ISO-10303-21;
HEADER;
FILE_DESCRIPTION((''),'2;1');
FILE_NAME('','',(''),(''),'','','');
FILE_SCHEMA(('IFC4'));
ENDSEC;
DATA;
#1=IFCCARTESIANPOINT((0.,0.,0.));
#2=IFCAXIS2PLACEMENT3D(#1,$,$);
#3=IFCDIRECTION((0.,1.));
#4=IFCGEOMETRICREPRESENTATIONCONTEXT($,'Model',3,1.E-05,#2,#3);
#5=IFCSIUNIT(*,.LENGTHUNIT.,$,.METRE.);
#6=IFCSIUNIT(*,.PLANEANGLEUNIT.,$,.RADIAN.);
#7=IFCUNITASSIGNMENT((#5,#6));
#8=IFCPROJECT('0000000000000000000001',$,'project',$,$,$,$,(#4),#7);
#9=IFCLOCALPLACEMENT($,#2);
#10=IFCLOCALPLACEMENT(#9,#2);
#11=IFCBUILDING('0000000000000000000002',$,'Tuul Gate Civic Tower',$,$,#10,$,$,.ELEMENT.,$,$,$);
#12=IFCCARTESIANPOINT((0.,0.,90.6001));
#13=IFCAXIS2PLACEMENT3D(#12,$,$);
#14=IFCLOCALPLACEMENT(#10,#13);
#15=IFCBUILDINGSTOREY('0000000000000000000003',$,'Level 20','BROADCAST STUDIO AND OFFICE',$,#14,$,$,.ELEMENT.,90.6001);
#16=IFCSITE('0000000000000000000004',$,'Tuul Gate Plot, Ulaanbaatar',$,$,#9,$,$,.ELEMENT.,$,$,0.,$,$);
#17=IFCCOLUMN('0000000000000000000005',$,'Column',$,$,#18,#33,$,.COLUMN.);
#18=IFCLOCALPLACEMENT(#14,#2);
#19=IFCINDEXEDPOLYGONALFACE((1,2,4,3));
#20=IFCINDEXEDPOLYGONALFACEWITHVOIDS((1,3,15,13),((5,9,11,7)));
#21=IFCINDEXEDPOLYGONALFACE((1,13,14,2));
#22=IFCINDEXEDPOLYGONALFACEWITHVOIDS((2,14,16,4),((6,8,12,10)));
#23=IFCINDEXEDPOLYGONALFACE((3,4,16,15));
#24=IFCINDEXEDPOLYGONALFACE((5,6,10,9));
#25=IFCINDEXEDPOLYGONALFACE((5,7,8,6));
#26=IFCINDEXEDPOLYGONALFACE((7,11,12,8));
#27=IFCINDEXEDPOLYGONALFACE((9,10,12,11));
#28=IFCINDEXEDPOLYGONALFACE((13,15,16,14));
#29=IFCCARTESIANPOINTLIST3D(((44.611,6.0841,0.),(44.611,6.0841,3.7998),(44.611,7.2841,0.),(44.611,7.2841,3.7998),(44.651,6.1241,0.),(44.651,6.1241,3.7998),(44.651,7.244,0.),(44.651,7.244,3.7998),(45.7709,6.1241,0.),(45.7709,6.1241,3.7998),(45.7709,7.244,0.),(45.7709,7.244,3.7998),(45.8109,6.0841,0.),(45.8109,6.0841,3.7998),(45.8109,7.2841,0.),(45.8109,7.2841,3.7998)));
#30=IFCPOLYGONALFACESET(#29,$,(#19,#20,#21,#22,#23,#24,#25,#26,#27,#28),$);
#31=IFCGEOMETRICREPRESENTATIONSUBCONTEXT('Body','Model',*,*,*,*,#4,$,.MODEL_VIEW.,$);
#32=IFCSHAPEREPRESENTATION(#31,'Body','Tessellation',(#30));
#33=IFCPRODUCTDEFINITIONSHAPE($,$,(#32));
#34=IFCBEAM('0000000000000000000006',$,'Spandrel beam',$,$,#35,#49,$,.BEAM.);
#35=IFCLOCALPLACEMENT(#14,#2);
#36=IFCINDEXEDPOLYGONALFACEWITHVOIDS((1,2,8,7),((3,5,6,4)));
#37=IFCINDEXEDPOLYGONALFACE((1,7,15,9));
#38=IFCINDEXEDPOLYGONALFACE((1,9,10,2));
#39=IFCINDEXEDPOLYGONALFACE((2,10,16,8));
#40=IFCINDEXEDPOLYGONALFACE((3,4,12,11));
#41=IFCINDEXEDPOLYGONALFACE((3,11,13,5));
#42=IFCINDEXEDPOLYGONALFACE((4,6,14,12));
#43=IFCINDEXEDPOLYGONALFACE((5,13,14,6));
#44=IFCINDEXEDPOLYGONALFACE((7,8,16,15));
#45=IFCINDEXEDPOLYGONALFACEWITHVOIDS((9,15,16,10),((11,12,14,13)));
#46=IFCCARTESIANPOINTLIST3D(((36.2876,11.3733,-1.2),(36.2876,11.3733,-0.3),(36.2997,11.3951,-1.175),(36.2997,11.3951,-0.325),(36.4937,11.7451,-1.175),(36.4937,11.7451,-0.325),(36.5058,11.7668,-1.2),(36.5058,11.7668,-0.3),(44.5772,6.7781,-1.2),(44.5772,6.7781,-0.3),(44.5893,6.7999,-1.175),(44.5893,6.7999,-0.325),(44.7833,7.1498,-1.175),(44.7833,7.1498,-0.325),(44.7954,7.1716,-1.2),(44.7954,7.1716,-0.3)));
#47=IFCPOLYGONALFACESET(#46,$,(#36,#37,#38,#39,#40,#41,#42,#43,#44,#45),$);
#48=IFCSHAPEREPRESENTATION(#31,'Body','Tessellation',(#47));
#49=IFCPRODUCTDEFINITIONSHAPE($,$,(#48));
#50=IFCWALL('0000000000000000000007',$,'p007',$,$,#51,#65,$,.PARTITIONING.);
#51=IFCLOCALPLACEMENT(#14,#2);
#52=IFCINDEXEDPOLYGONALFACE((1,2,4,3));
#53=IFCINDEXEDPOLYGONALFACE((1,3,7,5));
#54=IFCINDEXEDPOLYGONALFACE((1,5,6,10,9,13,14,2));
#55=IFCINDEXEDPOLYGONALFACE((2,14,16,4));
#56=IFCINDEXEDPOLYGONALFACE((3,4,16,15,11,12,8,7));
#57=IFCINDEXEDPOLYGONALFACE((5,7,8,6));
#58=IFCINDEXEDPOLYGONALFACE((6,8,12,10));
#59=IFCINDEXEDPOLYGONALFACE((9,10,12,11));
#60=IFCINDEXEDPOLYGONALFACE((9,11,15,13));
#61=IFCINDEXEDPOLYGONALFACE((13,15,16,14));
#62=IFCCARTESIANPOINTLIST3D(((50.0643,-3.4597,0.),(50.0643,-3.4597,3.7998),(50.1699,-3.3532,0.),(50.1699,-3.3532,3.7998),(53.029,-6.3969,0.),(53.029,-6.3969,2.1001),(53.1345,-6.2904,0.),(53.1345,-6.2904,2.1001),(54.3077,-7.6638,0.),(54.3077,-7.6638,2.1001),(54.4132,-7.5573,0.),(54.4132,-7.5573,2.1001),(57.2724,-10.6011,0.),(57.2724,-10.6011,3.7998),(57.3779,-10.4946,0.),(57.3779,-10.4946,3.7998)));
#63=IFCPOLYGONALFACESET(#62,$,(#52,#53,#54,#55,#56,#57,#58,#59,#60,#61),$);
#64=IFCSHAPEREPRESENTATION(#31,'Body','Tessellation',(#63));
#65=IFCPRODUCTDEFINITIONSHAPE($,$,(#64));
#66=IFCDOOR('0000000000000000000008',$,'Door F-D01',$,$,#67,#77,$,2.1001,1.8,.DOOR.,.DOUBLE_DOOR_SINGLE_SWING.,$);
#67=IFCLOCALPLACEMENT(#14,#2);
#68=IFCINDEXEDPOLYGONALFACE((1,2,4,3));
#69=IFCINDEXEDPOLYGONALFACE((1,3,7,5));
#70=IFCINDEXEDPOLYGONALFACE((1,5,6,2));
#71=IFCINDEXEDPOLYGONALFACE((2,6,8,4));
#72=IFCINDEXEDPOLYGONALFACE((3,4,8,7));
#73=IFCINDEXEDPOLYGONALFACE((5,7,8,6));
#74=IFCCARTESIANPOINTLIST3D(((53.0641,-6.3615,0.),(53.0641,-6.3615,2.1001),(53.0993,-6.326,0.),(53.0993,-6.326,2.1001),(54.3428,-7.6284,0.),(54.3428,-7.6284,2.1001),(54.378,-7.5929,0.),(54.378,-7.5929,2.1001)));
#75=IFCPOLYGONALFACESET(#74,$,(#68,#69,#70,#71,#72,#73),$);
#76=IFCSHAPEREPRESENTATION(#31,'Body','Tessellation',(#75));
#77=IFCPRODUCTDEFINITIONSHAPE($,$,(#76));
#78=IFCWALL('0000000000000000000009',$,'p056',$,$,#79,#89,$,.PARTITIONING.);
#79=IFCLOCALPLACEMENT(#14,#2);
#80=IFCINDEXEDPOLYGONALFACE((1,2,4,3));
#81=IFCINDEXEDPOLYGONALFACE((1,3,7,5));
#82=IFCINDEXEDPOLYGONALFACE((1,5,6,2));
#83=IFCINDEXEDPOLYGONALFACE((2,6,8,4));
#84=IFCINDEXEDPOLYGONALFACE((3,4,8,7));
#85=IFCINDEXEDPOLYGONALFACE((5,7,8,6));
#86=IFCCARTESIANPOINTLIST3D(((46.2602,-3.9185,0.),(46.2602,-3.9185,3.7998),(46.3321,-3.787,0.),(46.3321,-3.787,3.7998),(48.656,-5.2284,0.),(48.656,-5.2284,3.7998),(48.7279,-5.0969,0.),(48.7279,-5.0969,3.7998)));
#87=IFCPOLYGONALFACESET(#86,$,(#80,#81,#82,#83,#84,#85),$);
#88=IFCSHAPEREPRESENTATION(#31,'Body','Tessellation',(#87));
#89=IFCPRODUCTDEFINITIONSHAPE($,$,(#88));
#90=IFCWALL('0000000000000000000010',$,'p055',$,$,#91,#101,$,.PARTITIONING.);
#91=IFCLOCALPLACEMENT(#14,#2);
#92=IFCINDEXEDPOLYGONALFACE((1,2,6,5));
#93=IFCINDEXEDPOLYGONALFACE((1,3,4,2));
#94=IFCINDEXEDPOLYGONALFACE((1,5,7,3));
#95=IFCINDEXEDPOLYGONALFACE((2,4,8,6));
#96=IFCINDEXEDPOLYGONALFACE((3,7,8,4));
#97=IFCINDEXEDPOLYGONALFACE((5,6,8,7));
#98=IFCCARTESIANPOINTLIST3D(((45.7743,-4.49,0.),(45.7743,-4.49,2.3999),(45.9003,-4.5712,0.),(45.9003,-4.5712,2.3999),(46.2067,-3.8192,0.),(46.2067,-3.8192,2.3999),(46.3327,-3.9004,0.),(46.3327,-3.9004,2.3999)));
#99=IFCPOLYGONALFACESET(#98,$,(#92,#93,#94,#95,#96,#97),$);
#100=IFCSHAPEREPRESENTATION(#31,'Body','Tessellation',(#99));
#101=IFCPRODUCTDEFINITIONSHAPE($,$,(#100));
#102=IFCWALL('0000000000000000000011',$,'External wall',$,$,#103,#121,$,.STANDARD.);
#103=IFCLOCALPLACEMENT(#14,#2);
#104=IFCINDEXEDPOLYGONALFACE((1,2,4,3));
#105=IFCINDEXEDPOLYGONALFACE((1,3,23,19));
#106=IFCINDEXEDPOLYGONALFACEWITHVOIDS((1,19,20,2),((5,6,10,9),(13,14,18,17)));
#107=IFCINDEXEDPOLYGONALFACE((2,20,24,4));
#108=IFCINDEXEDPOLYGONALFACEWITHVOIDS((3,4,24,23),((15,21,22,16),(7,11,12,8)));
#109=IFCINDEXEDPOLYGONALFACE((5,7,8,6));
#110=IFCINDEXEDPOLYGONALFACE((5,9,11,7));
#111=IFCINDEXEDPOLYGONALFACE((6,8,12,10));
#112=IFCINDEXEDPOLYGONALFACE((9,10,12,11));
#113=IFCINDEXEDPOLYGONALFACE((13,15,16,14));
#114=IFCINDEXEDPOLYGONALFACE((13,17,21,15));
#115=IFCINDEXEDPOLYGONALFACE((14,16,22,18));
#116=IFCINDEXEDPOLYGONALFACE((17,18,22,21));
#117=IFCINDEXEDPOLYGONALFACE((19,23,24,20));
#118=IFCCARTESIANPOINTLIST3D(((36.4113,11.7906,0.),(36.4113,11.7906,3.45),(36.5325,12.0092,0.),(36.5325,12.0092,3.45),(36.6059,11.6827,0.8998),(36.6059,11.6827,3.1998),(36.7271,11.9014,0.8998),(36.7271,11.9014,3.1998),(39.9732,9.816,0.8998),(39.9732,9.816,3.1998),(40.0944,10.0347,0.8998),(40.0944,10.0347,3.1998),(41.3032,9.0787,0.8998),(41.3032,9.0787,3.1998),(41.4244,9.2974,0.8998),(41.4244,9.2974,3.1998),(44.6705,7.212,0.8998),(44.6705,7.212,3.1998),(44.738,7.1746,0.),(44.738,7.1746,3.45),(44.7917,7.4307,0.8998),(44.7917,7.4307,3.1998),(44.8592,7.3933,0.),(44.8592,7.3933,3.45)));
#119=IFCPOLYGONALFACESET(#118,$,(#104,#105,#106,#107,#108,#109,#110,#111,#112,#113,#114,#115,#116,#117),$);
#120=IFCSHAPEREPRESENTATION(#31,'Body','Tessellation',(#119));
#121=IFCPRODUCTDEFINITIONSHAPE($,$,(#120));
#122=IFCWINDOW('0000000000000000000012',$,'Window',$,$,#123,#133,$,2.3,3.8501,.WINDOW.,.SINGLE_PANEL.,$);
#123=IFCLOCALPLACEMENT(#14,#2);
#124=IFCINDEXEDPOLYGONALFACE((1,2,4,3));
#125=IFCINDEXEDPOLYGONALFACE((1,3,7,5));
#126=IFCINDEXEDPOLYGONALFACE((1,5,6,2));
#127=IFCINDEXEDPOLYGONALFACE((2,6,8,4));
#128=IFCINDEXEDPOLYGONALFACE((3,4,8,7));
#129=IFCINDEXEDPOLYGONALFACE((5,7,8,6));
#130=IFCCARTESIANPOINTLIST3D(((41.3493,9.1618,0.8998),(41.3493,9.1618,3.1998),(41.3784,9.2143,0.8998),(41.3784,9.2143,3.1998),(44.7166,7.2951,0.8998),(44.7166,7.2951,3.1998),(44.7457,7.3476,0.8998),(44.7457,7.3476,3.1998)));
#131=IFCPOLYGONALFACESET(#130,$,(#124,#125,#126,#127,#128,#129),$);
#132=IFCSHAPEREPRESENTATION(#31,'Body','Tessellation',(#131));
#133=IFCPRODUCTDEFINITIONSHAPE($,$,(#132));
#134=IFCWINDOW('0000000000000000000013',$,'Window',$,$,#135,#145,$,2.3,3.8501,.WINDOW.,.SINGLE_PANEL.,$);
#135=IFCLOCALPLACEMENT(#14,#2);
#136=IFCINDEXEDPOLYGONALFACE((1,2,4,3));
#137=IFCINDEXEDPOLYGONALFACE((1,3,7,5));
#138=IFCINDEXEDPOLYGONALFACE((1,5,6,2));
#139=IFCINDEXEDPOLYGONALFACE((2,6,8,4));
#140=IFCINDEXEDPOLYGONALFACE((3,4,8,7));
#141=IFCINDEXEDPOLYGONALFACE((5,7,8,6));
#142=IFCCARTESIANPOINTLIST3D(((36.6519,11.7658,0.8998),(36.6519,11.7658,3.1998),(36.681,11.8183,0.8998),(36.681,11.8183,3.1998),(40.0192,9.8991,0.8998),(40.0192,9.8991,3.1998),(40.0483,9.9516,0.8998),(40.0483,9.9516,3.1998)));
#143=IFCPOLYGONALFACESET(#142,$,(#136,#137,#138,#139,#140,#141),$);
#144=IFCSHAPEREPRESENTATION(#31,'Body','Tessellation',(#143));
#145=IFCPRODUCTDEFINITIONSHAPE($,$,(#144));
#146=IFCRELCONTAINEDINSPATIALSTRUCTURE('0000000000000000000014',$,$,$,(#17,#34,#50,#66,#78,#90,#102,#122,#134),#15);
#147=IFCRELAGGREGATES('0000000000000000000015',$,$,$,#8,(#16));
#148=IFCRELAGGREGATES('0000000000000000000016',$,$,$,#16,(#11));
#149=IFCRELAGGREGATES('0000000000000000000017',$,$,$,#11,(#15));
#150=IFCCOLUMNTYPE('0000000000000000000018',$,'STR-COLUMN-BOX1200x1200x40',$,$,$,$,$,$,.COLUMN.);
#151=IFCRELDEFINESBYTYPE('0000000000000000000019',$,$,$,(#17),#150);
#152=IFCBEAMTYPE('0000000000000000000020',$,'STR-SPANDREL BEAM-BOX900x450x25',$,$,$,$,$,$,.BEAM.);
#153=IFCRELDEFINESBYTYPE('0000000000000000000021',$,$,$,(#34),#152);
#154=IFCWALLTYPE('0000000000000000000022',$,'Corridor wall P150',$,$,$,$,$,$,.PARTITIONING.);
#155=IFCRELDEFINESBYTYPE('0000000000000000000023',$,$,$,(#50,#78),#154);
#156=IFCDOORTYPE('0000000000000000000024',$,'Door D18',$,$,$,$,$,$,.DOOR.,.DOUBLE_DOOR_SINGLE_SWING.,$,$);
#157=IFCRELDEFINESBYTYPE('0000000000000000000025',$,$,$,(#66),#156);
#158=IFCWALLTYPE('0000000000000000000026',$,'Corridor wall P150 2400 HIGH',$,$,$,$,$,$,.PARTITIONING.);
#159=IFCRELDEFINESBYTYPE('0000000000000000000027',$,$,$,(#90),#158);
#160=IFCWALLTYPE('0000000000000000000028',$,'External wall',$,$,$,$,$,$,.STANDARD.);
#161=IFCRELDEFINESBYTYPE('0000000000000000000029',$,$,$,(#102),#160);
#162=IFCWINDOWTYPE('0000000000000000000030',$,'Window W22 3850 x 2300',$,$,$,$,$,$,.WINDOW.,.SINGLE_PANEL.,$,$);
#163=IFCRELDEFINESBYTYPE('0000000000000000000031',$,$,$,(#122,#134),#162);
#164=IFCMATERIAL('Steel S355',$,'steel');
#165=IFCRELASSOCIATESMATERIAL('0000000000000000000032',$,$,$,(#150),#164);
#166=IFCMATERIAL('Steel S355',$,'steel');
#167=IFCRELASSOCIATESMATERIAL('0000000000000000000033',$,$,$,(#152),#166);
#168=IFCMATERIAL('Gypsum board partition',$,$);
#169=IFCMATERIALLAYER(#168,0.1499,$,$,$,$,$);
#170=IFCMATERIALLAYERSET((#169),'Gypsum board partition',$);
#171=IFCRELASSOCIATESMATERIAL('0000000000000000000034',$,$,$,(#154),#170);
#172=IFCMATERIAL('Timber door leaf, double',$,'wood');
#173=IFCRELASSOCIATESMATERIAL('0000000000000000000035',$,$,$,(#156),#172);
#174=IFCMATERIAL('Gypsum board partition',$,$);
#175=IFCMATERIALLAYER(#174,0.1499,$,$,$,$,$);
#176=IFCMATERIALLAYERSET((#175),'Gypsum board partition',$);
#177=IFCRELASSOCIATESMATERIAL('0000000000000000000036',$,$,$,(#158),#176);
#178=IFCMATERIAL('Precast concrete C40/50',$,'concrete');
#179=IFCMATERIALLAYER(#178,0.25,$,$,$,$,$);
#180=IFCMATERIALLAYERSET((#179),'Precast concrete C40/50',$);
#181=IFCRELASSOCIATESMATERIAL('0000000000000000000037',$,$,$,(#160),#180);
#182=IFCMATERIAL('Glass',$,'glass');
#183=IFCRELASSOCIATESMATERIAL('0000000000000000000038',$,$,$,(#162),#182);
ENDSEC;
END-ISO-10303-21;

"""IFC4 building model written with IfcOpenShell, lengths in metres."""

from ifc_helpers import new_model, si_unit, direction, frame, frame_2d, origin, origin_2d, place, context, subcontext, project, spatial, rectangle, hollow_rectangle, extrude, material, layer, layer_set, material_profile, profile_set, type_object, element, fill, save


model = new_model("IFC4")

# Units and contexts
model_context = context("Model", 3, precision=1e-05, world=origin(), true_north=direction((0.0, 1.0)))
body_context = subcontext(model_context, "Body", "Model", "MODEL_VIEW")
ifc_project = project(units=[si_unit("LENGTHUNIT", "METRE"), si_unit("PLANEANGLEUNIT", "RADIAN")], contexts=[model_context])

# Site, building, storey
site_placement = place(None, origin())
site = spatial("IfcSite", under=ifc_project, at=site_placement, Name="Tuul Gate Plot, Ulaanbaatar", CompositionType="ELEMENT", RefElevation=0.0)
building_placement = place(site_placement, origin())
building = spatial("IfcBuilding", under=site, at=building_placement, Name="Tuul Gate Civic Tower", CompositionType="ELEMENT")
storey_placement = place(building_placement, frame((0.0, 0.0, 90.6001)))
storey = spatial("IfcBuildingStorey", under=building, at=storey_placement, Name="Level 20", Description="BROADCAST STUDIO AND OFFICE", CompositionType="ELEMENT", Elevation=90.6001)

# Column
ifc_material_1 = material(Name="Steel S355", Category="steel")
ifc_material_profile_1 = material_profile(ifc_material_1, hollow_rectangle(XDim=1.2, YDim=1.2, WallThickness=0.04, at=origin_2d()), Name="BOX1200x1200x40")
ifc_profile_set_1 = profile_set([ifc_material_profile_1], Name="Steel S355")
column_type = type_object("IfcColumnType", Name="STR-COLUMN-BOX1200x1200x40", PredefinedType="COLUMN", material=ifc_profile_set_1)
column_placement = place(storey_placement, frame((45.2109, 6.6841, 0.0), z_axis=(0.0, 0.0, 1.0), x_axis=(1.0, 0.0, 0.0)))
element("IfcColumn", 1, at=column_placement, inside=storey, type_object=column_type, Name="Column", PredefinedType="COLUMN", context=body_context, shape_type="SweptSolid", body=[
    extrude(hollow_rectangle(XDim=1.2, YDim=1.2, WallThickness=0.04, at=origin_2d()), origin(), (0.0, 0.0, 1.0), 3.7998),
])

# Beam
ifc_material_2 = material(Name="Steel S355", Category="steel")
ifc_material_profile_2 = material_profile(ifc_material_2, hollow_rectangle(XDim=0.45, YDim=0.8999, WallThickness=0.0249, at=origin_2d()), Name="BOX900x450x25")
ifc_profile_set_2 = profile_set([ifc_material_profile_2], Name="Steel S355")
beam_type = type_object("IfcBeamType", Name="STR-SPANDREL BEAM-BOX900x450x25", PredefinedType="BEAM", material=ifc_profile_set_2)
beam_placement = place(storey_placement, frame((44.6863, 6.9749, -0.75), z_axis=(-0.874609, 0.484829, 0.0), x_axis=(-0.484829, -0.874609, 0.0)))
element("IfcBeam", 2, at=beam_placement, inside=storey, type_object=beam_type, Name="Spandrel beam", PredefinedType="BEAM", context=body_context, shape_type="SweptSolid", body=[
    extrude(hollow_rectangle(XDim=0.45, YDim=0.8999, WallThickness=0.0249, at=origin_2d()), origin(), (0.0, 0.0, 1.0), 9.478),
])

# Wall, opening, door
ifc_material_3 = material(Name="Gypsum board partition")
ifc_layer_1 = layer(ifc_material_3, 0.1499)
ifc_layer_set_1 = layer_set([ifc_layer_1], Name="Gypsum board partition")
wall_type_1 = type_object("IfcWallType", Name="Corridor wall P150", PredefinedType="PARTITIONING", material=ifc_layer_set_1)
wall_1_placement = place(storey_placement, frame((50.1172, -3.4065, 0.0), z_axis=(0.0, 0.0, 1.0), x_axis=(0.710384, -0.703815, 0.0)))
wall_1 = element("IfcWall", 3, at=wall_1_placement, inside=storey, type_object=wall_type_1, Name="p007", PredefinedType="PARTITIONING", context=body_context, shape_type="SweptSolid", body=[
    extrude(rectangle(XDim=10.1467, YDim=0.1499, at=frame_2d((5.0732, 0.0))), origin(), (0.0, 0.0, 1.0), 3.7998),
])
opening_1_placement = place(wall_1_placement, frame((4.1733, 0.0, 0.0)))
opening_1 = element("IfcOpeningElement", 4, at=opening_1_placement, cuts=wall_1, PredefinedType="OPENING", context=body_context, shape_type="SweptSolid", body=[
    extrude(rectangle(XDim=1.8, YDim=2.1001, at=frame_2d((0.8999, 1.05))), frame((0.0, 0.085, 0.0), z_axis=(0.0, -1.0, 0.0), x_axis=(1.0, 0.0, 0.0)), (0.0, 0.0, 1.0), 0.1699),
])
ifc_material_4 = material(Name="Timber door leaf, double", Category="wood")
door_type_1 = type_object("IfcDoorType", Name="Door D18", OperationType="DOUBLE_DOOR_SINGLE_SWING", PredefinedType="DOOR", material=ifc_material_4)
door_1_placement = place(opening_1_placement, origin())
door_1 = element("IfcDoor", 5, at=door_1_placement, inside=storey, type_object=door_type_1, Name="Door F-D01", OperationType="DOUBLE_DOOR_SINGLE_SWING", OverallHeight=2.1001, OverallWidth=1.8, PredefinedType="DOOR", context=body_context, shape_type="SweptSolid", body=[
    extrude(rectangle(XDim=1.8, YDim=2.1001, at=frame_2d((0.8999, 1.05))), frame((0.0, 0.0249, 0.0), z_axis=(0.0, -1.0, 0.0), x_axis=(1.0, 0.0, 0.0)), (0.0, 0.0, 1.0), 0.05),
])
fill(opening_1, door_1)

# Walls
wall_2_placement = place(storey_placement, frame((46.2961, -3.8528, 0.0), z_axis=(0.0, 0.0, 1.0), x_axis=(0.877427, -0.47971, 0.0)))
element("IfcWall", 6, at=wall_2_placement, inside=storey, type_object=wall_type_1, Name="p056", PredefinedType="PARTITIONING", context=body_context, shape_type="SweptSolid", body=[
    extrude(rectangle(XDim=2.7305, YDim=0.1499, at=frame_2d((1.3652, 0.0))), origin(), (0.0, 0.0, 1.0), 3.7998),
])
ifc_material_5 = material(Name="Gypsum board partition")
ifc_layer_2 = layer(ifc_material_5, 0.1499)
ifc_layer_set_2 = layer_set([ifc_layer_2], Name="Gypsum board partition")
wall_type_2 = type_object("IfcWallType", Name="Corridor wall P150 2400 HIGH", PredefinedType="PARTITIONING", material=ifc_layer_set_2)
wall_3_placement = place(storey_placement, frame((45.8374, -4.5305, 0.0), z_axis=(0.0, 0.0, 1.0), x_axis=(0.541716, 0.840562, 0.0)))
element("IfcWall", 7, at=wall_3_placement, inside=storey, type_object=wall_type_2, Name="p055", PredefinedType="PARTITIONING", context=body_context, shape_type="SweptSolid", body=[
    extrude(rectangle(XDim=0.7981, YDim=0.1499, at=frame_2d((0.3989, 0.0))), origin(), (0.0, 0.0, 1.0), 2.3999),
])

# Wall, openings, windows
ifc_material_6 = material(Name="Precast concrete C40/50", Category="concrete")
ifc_layer_3 = layer(ifc_material_6, 0.25)
ifc_layer_set_3 = layer_set([ifc_layer_3], Name="Precast concrete C40/50")
wall_type_3 = type_object("IfcWallType", Name="External wall", PredefinedType="STANDARD", material=ifc_layer_set_3)
wall_4_placement = place(storey_placement, frame((44.7986, 7.2839, 0.0), z_axis=(0.0, 0.0, 1.0), x_axis=(-0.874601, 0.484844, 0.0)))
wall_4 = element("IfcWall", 8, at=wall_4_placement, inside=storey, type_object=wall_type_3, Name="External wall", PredefinedType="STANDARD", context=body_context, shape_type="SweptSolid", body=[
    extrude(rectangle(XDim=9.5205, YDim=0.25, at=frame_2d((4.7603, 0.0))), origin(), (0.0, 0.0, 1.0), 3.45),
])
opening_2_placement = place(wall_4_placement, frame((0.0771, 0.0, 0.8999)))
opening_2 = element("IfcOpeningElement", 9, at=opening_2_placement, cuts=wall_4, PredefinedType="OPENING", context=body_context, shape_type="SweptSolid", body=[
    extrude(rectangle(XDim=3.8501, YDim=2.3, at=frame_2d((1.925, 1.1499))), frame((0.0, 0.135, 0.0), z_axis=(0.0, -1.0, 0.0), x_axis=(1.0, 0.0, 0.0)), (0.0, 0.0, 1.0), 0.27),
])
opening_3_placement = place(wall_4_placement, frame((5.448, 0.0, 0.8999)))
opening_3 = element("IfcOpeningElement", 10, at=opening_3_placement, cuts=wall_4, PredefinedType="OPENING", context=body_context, shape_type="SweptSolid", body=[
    extrude(rectangle(XDim=3.8501, YDim=2.3, at=frame_2d((1.925, 1.1499))), frame((0.0, 0.135, 0.0), z_axis=(0.0, -1.0, 0.0), x_axis=(1.0, 0.0, 0.0)), (0.0, 0.0, 1.0), 0.27),
])
ifc_material_7 = material(Name="Glass", Category="glass")
window_type = type_object("IfcWindowType", Name="Window W22 3850 x 2300", PartitioningType="SINGLE_PANEL", PredefinedType="WINDOW", material=ifc_material_7)
window_1_placement = place(opening_2_placement, origin())
window_1 = element("IfcWindow", 11, at=window_1_placement, inside=storey, type_object=window_type, Name="Window", OverallHeight=2.3, OverallWidth=3.8501, PartitioningType="SINGLE_PANEL", PredefinedType="WINDOW", context=body_context, shape_type="SweptSolid", body=[
    extrude(rectangle(XDim=3.8501, YDim=2.3, at=frame_2d((1.925, 1.1499))), frame((0.0, 0.03, 0.0), z_axis=(0.0, -1.0, 0.0), x_axis=(1.0, 0.0, 0.0)), (0.0, 0.0, 1.0), 0.0601),
])
fill(opening_2, window_1)
window_2_placement = place(opening_3_placement, origin())
window_2 = element("IfcWindow", 12, at=window_2_placement, inside=storey, type_object=window_type, Name="Window", OverallHeight=2.3, OverallWidth=3.8501, PartitioningType="SINGLE_PANEL", PredefinedType="WINDOW", context=body_context, shape_type="SweptSolid", body=[
    extrude(rectangle(XDim=3.8501, YDim=2.3, at=frame_2d((1.925, 1.1499))), frame((0.0, 0.03, 0.0), z_axis=(0.0, -1.0, 0.0), x_axis=(1.0, 0.0, 0.0)), (0.0, 0.0, 1.0), 0.0601),
])
fill(opening_3, window_2)

save(model, "model.ifc")
